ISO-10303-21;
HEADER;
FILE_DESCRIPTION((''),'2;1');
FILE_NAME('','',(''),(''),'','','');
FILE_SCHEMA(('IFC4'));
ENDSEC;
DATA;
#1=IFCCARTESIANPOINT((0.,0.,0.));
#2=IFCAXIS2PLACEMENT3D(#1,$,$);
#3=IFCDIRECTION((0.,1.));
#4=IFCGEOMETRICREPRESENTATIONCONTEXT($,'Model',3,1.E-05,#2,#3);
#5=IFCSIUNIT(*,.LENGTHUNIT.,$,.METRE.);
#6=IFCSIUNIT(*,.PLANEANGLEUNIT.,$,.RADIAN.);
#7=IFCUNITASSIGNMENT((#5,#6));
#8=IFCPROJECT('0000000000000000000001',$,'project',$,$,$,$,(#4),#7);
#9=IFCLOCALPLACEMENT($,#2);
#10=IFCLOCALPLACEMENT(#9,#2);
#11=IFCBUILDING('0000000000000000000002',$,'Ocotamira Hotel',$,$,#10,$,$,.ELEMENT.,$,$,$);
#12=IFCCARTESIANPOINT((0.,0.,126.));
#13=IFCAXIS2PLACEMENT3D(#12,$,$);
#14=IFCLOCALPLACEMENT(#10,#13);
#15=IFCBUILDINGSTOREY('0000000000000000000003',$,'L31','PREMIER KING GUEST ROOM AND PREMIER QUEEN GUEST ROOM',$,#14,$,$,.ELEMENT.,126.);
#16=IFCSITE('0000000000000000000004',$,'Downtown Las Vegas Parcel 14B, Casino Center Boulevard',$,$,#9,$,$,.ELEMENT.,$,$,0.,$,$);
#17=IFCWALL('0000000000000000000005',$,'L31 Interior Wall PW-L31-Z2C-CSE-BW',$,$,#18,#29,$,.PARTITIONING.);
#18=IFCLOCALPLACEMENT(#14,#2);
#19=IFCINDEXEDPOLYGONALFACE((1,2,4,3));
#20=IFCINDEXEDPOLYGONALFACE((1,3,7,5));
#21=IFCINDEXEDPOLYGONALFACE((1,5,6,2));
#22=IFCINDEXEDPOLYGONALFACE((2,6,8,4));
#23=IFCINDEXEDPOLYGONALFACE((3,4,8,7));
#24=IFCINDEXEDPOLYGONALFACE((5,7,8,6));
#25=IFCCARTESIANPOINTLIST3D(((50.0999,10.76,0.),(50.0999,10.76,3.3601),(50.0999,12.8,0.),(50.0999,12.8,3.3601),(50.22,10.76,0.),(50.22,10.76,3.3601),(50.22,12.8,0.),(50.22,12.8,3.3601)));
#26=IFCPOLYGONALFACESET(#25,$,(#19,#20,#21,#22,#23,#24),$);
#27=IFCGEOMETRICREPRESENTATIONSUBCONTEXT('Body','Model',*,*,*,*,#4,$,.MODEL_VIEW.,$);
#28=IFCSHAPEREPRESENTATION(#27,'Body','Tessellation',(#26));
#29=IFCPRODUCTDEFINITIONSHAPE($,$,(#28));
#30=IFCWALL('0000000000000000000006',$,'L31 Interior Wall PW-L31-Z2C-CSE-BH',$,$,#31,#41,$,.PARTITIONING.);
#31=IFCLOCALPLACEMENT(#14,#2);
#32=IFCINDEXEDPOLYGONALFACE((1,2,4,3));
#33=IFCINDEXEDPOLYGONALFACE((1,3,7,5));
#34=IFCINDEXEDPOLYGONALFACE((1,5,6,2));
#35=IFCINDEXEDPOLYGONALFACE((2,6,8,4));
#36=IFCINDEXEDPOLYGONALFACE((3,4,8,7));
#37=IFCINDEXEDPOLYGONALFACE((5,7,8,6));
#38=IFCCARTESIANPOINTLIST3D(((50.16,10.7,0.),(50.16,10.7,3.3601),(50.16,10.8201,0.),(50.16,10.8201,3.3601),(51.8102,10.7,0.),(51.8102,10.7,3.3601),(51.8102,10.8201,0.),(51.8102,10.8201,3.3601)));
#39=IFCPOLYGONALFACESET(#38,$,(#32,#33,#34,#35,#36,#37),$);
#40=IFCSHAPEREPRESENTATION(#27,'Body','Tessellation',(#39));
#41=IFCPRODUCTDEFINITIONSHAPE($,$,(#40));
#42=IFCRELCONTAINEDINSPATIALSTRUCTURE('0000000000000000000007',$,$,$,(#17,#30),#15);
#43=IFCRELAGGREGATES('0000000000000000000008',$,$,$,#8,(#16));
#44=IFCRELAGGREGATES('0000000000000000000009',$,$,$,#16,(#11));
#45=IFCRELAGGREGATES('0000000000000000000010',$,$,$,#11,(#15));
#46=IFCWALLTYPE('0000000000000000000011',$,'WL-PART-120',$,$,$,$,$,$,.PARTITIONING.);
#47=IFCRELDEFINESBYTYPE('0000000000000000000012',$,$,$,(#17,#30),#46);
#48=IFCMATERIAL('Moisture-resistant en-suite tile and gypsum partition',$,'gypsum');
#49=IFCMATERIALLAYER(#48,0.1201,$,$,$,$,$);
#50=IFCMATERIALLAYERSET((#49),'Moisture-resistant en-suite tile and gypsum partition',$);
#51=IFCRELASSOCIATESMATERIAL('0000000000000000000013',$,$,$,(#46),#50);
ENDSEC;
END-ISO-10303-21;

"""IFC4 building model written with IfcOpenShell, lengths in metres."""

from ifc_helpers import new_model, si_unit, direction, frame, frame_2d, origin, place, context, subcontext, project, spatial, rectangle, extrude, material, layer, layer_set, type_object, element, save


model = new_model("IFC4")

# Units and contexts
model_context = context("Model", 3, precision=1e-05, world=origin(), true_north=direction((0.0, 1.0)))
body_context = subcontext(model_context, "Body", "Model", "MODEL_VIEW")
ifc_project = project(units=[si_unit("LENGTHUNIT", "METRE"), si_unit("PLANEANGLEUNIT", "RADIAN")], contexts=[model_context])

# Site, building, storey
site_placement = place(None, origin())
site = spatial("IfcSite", under=ifc_project, at=site_placement, Name="Downtown Las Vegas Parcel 14B, Casino Center Boulevard", CompositionType="ELEMENT", RefElevation=0.0)
building_placement = place(site_placement, origin())
building = spatial("IfcBuilding", under=site, at=building_placement, Name="Ocotamira Hotel", CompositionType="ELEMENT")
storey_placement = place(building_placement, frame((0.0, 0.0, 126.0)))
storey = spatial("IfcBuildingStorey", under=building, at=storey_placement, Name="L31", Description="PREMIER KING GUEST ROOM AND PREMIER QUEEN GUEST ROOM", CompositionType="ELEMENT", Elevation=126.0)

# Shared definitions
ifc_material_1 = material(Name="Moisture-resistant en-suite tile and gypsum partition", Category="gypsum")
ifc_layer_1 = layer(ifc_material_1, 0.1201)
ifc_layer_set_1 = layer_set([ifc_layer_1], Name="Moisture-resistant en-suite tile and gypsum partition")
wall_type_1 = type_object("IfcWallType", Name="WL-PART-120", PredefinedType="PARTITIONING", material=ifc_layer_set_1)

# Walls
wall_1_placement = place(storey_placement, frame((50.1599, 10.76, 0.0), z_axis=(0.0, 0.0, 1.0), x_axis=(0.0, 1.0, 0.0)))
element("IfcWall", 1, at=wall_1_placement, inside=storey, type_object=wall_type_1, Name="L31 Interior Wall PW-L31-Z2C-CSE-BW", PredefinedType="PARTITIONING", context=body_context, shape_type="SweptSolid", body=[
    extrude(rectangle(XDim=2.04, YDim=0.1201, at=frame_2d((1.02, 0.0))), origin(), (0.0, 0.0, 1.0), 3.3601),
])
wall_2_placement = place(storey_placement, frame((50.1599, 10.76, 0.0), z_axis=(0.0, 0.0, 1.0), x_axis=(1.0, 0.0, 0.0)))
element("IfcWall", 2, at=wall_2_placement, inside=storey, type_object=wall_type_1, Name="L31 Interior Wall PW-L31-Z2C-CSE-BH", PredefinedType="PARTITIONING", context=body_context, shape_type="SweptSolid", body=[
    extrude(rectangle(XDim=1.6501, YDim=0.1201, at=frame_2d((0.8252, 0.0))), origin(), (0.0, 0.0, 1.0), 3.3601),
])

save(model, "model.ifc")
